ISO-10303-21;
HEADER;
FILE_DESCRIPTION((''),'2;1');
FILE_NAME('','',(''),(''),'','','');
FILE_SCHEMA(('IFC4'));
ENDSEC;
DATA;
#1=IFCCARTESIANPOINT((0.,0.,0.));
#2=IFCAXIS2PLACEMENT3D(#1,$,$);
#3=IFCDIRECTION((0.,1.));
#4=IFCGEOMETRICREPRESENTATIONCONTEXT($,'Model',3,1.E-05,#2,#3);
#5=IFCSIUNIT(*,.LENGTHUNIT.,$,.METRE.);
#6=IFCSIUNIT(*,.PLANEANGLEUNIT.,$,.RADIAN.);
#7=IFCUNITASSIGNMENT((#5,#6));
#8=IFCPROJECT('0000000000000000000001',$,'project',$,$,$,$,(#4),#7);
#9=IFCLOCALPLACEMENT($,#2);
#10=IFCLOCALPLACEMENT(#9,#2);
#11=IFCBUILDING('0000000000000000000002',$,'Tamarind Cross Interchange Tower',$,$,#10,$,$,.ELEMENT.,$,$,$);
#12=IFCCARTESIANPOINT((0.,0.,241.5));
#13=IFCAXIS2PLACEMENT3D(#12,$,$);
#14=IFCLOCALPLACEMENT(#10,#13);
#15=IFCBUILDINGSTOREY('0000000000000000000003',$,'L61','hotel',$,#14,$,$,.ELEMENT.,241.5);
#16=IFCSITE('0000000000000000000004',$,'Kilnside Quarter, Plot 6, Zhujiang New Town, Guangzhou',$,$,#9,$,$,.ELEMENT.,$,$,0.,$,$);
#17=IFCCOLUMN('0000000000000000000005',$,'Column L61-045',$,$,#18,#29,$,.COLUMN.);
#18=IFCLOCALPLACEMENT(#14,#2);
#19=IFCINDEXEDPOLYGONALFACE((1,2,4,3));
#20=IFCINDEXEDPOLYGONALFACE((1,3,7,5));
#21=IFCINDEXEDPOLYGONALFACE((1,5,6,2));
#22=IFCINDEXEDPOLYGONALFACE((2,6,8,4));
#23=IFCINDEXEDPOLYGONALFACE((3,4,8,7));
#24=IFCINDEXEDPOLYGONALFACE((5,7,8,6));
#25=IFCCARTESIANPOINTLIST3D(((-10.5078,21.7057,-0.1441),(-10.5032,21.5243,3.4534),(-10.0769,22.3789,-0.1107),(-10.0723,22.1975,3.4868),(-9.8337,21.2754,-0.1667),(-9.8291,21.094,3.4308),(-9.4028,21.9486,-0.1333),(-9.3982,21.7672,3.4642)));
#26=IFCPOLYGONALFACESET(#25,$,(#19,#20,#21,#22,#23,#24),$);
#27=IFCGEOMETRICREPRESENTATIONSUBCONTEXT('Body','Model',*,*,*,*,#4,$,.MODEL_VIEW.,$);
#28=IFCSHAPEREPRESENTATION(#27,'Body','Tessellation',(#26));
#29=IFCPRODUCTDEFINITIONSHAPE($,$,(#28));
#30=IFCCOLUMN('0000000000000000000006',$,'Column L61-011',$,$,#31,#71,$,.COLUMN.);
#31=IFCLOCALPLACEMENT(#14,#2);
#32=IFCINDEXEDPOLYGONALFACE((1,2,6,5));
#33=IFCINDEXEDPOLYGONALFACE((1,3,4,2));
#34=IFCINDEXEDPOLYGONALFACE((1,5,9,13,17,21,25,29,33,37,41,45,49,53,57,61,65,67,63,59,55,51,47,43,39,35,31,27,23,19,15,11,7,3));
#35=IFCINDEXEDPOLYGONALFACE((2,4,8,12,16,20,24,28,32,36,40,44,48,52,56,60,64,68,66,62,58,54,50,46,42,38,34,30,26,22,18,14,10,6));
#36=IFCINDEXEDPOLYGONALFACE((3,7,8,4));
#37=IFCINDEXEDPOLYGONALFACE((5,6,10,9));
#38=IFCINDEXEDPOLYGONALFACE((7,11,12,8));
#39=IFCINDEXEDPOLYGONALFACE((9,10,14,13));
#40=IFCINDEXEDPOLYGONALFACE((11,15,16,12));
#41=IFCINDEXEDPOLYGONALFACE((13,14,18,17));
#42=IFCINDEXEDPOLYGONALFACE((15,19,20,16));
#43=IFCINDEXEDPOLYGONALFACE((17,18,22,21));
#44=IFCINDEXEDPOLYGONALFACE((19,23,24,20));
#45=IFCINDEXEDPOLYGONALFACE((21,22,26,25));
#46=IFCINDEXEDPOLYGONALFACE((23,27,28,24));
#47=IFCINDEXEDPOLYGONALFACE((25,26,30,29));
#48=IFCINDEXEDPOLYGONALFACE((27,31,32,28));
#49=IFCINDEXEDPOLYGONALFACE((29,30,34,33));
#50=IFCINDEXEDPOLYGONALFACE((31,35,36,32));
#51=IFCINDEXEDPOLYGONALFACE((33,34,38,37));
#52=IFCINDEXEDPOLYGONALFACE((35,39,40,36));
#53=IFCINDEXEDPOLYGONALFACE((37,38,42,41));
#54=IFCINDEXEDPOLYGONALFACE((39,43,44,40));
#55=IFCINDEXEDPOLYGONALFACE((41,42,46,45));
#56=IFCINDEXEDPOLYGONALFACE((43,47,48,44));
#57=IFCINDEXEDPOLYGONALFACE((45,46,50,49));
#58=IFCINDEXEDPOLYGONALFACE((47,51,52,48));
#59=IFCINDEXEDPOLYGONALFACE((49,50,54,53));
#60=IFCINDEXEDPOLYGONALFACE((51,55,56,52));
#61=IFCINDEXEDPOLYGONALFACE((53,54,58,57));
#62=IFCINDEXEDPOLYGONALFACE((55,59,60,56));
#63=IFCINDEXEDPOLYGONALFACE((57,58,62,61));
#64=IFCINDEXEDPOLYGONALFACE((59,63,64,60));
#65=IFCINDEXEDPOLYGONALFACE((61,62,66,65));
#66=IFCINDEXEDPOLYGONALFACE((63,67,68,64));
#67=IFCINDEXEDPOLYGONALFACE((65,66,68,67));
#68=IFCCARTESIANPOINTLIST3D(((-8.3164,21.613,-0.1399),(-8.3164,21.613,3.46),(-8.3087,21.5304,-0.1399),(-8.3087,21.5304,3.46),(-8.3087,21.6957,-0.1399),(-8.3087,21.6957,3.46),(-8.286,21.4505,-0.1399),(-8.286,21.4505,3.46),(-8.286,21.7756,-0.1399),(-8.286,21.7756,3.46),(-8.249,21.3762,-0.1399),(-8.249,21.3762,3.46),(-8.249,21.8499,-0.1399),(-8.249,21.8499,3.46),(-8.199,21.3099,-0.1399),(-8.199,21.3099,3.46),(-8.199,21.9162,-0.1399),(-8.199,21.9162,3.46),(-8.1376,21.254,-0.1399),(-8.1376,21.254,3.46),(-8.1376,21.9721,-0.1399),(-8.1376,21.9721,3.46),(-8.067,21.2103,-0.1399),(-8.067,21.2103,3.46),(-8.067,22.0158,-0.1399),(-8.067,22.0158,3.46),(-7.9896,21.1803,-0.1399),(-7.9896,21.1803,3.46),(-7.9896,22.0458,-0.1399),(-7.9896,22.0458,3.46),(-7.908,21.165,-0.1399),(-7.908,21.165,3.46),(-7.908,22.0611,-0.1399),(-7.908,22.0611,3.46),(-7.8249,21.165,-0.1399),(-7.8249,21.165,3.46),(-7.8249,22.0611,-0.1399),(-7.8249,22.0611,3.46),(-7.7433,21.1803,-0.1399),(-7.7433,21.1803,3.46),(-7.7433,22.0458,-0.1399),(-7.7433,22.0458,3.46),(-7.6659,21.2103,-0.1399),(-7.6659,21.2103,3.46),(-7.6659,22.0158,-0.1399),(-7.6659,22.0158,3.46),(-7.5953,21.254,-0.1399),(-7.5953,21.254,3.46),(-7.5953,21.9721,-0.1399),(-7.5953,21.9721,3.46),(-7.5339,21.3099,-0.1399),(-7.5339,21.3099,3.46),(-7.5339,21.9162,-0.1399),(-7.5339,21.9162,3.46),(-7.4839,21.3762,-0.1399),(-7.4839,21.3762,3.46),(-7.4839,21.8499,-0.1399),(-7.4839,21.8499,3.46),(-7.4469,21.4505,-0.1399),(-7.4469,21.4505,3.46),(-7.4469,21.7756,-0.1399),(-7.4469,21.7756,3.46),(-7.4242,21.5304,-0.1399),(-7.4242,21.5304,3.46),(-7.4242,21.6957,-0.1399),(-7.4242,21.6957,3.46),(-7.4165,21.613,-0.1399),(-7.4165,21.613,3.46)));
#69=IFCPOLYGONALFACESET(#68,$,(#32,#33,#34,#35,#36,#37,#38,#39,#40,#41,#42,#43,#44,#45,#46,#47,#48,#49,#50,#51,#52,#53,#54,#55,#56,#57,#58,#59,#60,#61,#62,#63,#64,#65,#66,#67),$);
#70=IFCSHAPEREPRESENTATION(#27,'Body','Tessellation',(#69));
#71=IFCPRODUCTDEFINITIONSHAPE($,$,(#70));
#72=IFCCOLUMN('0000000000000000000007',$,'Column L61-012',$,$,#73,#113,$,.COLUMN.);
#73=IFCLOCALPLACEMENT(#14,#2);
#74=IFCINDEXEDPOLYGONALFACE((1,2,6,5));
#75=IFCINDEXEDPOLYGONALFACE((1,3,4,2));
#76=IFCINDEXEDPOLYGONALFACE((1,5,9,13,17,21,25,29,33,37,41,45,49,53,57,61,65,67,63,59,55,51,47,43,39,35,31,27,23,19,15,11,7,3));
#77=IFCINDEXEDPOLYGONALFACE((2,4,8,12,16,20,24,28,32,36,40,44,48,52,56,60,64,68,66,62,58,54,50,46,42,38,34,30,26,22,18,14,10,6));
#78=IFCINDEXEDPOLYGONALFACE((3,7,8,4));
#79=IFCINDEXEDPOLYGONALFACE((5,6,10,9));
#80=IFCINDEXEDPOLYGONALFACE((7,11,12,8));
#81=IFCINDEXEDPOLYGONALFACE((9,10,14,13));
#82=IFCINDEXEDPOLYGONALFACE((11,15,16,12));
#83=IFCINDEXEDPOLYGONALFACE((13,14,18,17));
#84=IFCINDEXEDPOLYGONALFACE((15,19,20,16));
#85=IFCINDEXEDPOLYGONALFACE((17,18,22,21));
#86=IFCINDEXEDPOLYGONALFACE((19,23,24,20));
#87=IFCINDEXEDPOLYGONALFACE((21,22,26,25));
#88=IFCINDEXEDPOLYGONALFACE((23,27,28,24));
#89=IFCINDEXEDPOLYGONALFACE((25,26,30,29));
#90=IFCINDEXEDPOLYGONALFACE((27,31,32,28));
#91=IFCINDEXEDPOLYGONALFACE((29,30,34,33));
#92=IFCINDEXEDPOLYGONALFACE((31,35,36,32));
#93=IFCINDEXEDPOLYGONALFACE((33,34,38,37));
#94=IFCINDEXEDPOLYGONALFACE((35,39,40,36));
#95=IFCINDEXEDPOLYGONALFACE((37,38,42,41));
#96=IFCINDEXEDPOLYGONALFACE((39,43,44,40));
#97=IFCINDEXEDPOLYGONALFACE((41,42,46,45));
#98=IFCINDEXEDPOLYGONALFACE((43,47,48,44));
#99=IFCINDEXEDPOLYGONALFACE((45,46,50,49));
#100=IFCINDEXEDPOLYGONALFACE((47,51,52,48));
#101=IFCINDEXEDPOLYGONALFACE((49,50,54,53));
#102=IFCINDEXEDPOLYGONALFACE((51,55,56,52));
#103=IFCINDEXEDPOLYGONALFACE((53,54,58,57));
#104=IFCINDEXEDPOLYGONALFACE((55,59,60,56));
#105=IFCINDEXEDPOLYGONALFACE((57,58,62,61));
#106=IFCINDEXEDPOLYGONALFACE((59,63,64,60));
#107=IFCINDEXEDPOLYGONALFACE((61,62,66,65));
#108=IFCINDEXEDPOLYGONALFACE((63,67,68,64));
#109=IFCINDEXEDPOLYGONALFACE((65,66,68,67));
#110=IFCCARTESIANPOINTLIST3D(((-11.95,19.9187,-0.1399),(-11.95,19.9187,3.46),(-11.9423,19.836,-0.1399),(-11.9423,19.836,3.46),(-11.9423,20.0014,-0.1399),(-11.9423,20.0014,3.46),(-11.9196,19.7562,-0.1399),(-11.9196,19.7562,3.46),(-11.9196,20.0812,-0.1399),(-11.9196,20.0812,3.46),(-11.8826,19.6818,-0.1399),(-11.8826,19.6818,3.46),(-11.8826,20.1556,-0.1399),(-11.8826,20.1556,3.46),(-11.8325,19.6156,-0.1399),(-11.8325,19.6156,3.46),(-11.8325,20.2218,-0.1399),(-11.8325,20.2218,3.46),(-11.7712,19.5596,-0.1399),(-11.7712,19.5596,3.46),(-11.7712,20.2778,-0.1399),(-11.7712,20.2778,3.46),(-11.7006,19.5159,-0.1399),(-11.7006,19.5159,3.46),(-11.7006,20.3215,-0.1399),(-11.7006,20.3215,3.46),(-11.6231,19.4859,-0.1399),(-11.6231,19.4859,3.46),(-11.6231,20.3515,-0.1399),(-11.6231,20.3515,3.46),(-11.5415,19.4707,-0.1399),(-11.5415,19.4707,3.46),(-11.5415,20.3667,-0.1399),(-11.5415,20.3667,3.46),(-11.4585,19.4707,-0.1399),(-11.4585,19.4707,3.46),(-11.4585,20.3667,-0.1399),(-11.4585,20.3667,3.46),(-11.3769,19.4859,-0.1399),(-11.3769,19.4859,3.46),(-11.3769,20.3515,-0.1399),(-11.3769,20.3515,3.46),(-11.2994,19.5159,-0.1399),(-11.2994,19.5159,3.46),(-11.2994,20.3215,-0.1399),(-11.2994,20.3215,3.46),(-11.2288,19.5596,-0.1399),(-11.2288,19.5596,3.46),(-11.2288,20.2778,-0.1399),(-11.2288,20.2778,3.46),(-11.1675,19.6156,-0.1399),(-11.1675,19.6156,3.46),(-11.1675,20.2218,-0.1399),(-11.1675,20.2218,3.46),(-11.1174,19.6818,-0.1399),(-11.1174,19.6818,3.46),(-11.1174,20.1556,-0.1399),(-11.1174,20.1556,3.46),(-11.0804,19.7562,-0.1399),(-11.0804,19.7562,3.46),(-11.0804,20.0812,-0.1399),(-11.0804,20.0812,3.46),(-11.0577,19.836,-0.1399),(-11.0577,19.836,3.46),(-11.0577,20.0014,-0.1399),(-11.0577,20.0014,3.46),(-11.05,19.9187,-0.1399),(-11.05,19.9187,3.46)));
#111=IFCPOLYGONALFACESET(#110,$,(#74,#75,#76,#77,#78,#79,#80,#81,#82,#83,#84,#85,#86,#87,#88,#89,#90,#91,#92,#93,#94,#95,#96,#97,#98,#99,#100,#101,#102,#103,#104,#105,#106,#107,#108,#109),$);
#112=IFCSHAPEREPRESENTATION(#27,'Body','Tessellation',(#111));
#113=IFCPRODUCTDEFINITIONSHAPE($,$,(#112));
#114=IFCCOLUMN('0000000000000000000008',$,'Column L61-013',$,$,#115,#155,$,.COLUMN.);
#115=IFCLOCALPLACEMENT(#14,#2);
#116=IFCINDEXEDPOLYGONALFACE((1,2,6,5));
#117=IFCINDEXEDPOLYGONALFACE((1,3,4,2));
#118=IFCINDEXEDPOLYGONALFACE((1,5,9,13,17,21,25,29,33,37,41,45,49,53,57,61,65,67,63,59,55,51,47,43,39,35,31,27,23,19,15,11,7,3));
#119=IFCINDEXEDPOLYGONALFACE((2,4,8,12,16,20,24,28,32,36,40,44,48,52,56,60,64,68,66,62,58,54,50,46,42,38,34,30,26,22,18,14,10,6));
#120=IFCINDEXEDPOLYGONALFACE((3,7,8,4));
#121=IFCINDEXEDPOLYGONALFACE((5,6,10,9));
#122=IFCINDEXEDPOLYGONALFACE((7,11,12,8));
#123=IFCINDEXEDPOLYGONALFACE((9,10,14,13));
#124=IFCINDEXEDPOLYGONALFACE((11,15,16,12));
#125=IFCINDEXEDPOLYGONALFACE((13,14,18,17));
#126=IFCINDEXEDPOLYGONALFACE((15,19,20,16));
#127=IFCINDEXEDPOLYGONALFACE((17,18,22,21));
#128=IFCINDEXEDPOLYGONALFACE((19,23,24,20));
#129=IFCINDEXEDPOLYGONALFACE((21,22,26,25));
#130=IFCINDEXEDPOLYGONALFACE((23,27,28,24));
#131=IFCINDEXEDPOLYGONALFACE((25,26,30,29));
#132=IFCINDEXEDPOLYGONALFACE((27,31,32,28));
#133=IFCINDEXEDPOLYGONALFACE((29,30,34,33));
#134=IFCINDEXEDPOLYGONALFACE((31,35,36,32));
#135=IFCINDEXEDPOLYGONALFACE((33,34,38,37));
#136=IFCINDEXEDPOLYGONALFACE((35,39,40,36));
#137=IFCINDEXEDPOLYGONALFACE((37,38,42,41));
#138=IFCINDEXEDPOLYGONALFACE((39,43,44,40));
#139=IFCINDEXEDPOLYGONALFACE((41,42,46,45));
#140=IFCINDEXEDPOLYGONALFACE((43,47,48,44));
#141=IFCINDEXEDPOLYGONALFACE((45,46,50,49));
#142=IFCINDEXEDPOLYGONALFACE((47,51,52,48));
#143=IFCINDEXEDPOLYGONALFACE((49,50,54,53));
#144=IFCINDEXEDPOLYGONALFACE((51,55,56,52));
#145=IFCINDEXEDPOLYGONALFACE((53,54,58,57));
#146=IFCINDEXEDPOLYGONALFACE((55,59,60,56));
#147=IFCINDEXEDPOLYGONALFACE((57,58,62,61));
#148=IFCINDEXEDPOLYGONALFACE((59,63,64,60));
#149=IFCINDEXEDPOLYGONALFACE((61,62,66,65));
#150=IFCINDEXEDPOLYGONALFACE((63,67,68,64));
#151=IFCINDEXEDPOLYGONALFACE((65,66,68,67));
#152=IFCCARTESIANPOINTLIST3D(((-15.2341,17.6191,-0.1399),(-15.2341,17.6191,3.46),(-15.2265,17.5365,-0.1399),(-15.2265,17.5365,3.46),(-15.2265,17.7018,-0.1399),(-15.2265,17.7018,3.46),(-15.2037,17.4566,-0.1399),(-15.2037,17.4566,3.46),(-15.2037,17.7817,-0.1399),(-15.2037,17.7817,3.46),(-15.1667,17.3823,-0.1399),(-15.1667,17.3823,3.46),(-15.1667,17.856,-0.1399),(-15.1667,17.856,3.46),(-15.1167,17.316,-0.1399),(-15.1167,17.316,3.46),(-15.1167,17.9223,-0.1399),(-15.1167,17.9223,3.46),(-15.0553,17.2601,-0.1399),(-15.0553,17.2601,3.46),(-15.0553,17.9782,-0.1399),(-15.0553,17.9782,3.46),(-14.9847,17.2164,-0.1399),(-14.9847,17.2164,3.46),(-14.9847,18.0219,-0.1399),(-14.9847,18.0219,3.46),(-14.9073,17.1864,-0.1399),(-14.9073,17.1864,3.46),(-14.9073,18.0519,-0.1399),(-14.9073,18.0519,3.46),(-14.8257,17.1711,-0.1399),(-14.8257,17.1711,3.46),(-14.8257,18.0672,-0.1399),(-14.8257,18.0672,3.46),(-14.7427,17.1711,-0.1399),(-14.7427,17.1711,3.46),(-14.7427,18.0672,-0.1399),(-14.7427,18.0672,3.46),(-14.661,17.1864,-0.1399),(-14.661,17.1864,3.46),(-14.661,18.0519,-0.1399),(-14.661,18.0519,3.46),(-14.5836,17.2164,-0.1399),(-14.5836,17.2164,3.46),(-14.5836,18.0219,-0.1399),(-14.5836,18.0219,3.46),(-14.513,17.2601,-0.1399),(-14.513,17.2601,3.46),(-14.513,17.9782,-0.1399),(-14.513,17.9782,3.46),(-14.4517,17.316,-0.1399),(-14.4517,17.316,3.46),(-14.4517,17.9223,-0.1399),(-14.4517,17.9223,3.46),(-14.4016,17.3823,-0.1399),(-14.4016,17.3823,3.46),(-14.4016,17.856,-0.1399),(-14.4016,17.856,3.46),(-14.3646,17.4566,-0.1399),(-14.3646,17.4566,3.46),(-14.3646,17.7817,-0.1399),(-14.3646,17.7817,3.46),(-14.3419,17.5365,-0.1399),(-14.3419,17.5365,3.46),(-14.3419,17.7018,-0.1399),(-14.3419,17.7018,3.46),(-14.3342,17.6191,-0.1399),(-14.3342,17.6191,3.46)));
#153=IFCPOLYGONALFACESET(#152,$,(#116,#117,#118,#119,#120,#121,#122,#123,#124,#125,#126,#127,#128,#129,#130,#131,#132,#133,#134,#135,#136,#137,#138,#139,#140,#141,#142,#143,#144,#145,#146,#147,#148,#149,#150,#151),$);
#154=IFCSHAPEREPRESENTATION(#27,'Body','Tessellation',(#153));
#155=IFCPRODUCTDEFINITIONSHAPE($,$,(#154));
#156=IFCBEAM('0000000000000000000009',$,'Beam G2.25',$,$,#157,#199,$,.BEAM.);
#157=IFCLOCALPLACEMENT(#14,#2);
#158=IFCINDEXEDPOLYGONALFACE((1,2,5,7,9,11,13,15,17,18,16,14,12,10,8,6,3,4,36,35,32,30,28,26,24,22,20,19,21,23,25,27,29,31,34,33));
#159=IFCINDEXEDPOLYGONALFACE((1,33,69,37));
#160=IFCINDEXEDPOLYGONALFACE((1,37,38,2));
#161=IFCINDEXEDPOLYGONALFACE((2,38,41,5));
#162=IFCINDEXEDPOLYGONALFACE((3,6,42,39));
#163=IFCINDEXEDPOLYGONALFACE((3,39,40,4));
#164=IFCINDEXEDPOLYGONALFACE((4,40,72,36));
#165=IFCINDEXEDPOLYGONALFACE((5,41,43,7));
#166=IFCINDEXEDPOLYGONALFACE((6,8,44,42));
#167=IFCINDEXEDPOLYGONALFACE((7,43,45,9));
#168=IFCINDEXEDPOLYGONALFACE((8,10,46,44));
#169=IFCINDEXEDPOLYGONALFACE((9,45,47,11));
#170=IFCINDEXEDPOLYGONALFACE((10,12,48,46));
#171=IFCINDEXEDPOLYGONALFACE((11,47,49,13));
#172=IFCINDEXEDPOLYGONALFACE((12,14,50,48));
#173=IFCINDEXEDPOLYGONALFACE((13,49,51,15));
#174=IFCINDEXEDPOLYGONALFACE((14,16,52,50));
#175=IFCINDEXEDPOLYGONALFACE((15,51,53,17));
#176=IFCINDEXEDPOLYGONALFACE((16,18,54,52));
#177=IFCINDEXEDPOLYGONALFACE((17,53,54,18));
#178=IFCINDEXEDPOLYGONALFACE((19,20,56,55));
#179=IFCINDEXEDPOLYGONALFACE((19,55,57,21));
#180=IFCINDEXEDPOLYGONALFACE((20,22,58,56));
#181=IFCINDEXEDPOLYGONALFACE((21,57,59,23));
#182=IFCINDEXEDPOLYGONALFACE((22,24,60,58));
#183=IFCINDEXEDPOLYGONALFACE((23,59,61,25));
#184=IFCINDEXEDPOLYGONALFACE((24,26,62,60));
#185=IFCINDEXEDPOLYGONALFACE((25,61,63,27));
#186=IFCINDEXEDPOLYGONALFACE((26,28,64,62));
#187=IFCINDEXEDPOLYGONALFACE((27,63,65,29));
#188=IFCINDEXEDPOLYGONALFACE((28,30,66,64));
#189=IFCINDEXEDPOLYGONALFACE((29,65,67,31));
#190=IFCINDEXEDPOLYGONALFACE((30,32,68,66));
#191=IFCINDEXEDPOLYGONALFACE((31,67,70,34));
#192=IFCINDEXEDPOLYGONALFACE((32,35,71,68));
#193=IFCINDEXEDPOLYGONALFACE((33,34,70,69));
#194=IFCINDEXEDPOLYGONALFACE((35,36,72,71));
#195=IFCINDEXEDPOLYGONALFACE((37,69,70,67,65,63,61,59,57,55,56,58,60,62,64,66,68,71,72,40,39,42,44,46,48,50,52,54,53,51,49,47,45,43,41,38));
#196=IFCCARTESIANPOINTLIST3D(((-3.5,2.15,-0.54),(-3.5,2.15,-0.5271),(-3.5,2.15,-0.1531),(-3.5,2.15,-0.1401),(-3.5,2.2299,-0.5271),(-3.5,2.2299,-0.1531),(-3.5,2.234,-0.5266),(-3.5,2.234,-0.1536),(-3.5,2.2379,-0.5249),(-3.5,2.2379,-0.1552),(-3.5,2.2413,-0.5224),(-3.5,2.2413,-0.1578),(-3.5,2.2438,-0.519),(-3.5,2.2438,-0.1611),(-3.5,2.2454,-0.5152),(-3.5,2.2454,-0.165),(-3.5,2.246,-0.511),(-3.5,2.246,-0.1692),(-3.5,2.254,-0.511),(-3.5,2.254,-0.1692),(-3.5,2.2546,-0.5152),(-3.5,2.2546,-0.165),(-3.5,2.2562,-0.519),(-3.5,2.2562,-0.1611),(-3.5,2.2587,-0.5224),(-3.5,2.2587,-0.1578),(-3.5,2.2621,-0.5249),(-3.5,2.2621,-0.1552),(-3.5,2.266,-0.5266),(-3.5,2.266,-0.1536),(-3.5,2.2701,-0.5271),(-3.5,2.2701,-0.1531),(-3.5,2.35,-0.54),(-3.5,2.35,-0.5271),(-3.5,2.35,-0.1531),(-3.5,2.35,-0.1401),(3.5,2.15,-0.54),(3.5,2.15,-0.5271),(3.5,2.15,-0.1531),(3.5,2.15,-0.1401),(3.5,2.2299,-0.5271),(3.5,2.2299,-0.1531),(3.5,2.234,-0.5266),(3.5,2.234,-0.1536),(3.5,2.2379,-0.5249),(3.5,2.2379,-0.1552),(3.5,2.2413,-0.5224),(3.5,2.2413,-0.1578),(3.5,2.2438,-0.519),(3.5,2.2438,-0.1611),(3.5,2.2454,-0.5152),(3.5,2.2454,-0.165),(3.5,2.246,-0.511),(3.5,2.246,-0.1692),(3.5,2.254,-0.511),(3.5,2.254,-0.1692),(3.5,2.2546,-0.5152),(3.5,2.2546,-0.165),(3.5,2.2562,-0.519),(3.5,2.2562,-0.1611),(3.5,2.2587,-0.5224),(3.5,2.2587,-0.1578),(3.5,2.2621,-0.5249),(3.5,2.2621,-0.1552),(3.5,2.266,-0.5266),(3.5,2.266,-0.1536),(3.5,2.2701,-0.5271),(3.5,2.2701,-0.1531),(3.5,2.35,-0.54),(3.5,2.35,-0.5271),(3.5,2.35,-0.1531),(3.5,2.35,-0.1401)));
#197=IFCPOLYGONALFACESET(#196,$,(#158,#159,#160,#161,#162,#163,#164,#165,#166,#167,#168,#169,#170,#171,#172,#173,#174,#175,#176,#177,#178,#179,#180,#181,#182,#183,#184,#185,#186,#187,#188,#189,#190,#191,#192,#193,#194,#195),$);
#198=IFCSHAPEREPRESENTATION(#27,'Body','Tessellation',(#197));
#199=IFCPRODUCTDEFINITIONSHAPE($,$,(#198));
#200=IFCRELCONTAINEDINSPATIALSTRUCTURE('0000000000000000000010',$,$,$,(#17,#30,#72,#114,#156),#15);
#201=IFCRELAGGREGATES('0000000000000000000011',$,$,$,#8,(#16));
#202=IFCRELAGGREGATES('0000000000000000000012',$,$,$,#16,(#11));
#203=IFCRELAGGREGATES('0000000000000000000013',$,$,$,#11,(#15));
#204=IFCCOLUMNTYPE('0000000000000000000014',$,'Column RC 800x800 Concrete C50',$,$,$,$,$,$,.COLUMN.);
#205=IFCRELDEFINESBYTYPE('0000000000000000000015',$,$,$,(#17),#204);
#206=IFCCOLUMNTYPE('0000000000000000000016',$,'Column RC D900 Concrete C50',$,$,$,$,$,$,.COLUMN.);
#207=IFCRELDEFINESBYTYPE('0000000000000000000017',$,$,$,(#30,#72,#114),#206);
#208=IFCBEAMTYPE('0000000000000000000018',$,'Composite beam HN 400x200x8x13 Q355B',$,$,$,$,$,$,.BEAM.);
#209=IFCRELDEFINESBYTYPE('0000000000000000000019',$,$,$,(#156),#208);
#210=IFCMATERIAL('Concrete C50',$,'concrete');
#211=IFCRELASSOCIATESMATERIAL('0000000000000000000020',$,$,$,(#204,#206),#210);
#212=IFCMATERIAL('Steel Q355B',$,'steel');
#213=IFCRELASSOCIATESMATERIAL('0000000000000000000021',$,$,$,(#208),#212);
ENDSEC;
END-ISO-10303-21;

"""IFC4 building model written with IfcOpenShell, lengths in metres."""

from ifc_helpers import new_model, si_unit, direction, frame, origin, origin_2d, place, context, subcontext, project, spatial, rectangle, circle, i_section, extrude, material, material_profile, profile_set, type_object, element, save


model = new_model("IFC4")

# Units and contexts
model_context = context("Model", 3, precision=1e-05, world=origin(), true_north=direction((0.0, 1.0)))
body_context = subcontext(model_context, "Body", "Model", "MODEL_VIEW")
ifc_project = project(units=[si_unit("LENGTHUNIT", "METRE"), si_unit("PLANEANGLEUNIT", "RADIAN")], contexts=[model_context])

# Site, building, storey
site_placement = place(None, origin())
site = spatial("IfcSite", under=ifc_project, at=site_placement, Name="Kilnside Quarter, Plot 6, Zhujiang New Town, Guangzhou", CompositionType="ELEMENT", RefElevation=0.0)
building_placement = place(site_placement, origin())
building = spatial("IfcBuilding", under=site, at=building_placement, Name="Tamarind Cross Interchange Tower", CompositionType="ELEMENT")
storey_placement = place(building_placement, frame((0.0, 0.0, 241.5)))
storey = spatial("IfcBuildingStorey", under=building, at=storey_placement, Name="L61", Description="hotel", CompositionType="ELEMENT", Elevation=241.5)

# Columns
ifc_material_1 = material(Name="Concrete C50", Category="concrete")
ifc_material_profile_1 = material_profile(ifc_material_1, rectangle(XDim=0.8, YDim=0.8, at=origin_2d()), Name="RC 800x800")
ifc_profile_set_1 = profile_set([ifc_material_profile_1], Name="Concrete C50")
column_type_1 = type_object("IfcColumnType", Name="Column RC 800x800 Concrete C50", PredefinedType="COLUMN", material=ifc_profile_set_1)
column_placement = place(storey_placement, frame((-9.9553, 21.8271, -0.1387), z_axis=(0.001288, -0.05036, 0.99873), x_axis=(0.538622, 0.841513, 0.041738)))
element("IfcColumn", 1, at=column_placement, inside=storey, type_object=column_type_1, Name="Column L61-045", PredefinedType="COLUMN", context=body_context, shape_type="SweptSolid", body=[
    extrude(rectangle(XDim=0.8, YDim=0.8, at=origin_2d()), origin(), (0.0, 0.0, 1.0), 3.6021),
])
ifc_material_profile_2 = material_profile(ifc_material_1, circle(Radius=0.45, at=origin_2d()), Name="RC D900")
ifc_profile_set_2 = profile_set([ifc_material_profile_2], Name="Concrete C50")
column_type_2 = type_object("IfcColumnType", Name="Column RC D900 Concrete C50", PredefinedType="COLUMN", material=ifc_profile_set_2)
for number, where, z_axis, x_axis, name in (
    (2, (-7.8665, 21.613, -0.1399), (0.0, 0.0, 1.0), (1.0, 0.0, 0.0), "Column L61-011"),
    (3, (-11.5, 19.9187, -0.1399), (0.0, 0.0, 1.0), (1.0, 0.0, 0.0), "Column L61-012"),
    (4, (-14.7842, 17.6191, -0.1399), (0.0, 0.0, 1.0), (1.0, 0.0, 0.0), "Column L61-013"),
):
    element("IfcColumn", number, at=place(storey_placement, frame(where, z_axis=z_axis, x_axis=x_axis)), inside=storey, type_object=column_type_2, Name=name, PredefinedType="COLUMN", context=body_context, shape_type="SweptSolid", body=[
        extrude(circle(Radius=0.45, at=origin_2d()), origin(), (0.0, 0.0, 1.0), 3.5999),
    ])

# Beam
ifc_material_2 = material(Name="Steel Q355B", Category="steel")
ifc_material_profile_3 = material_profile(ifc_material_2, i_section(OverallWidth=0.2, OverallDepth=0.3999, WebThickness=0.0081, FlangeThickness=0.0129, FilletRadius=0.0161, at=origin_2d()), Name="HN 400x200x8x13")
ifc_profile_set_3 = profile_set([ifc_material_profile_3], Name="Steel Q355B")
beam_type_1 = type_object("IfcBeamType", Name="Composite beam HN 400x200x8x13 Q355B", PredefinedType="BEAM", material=ifc_profile_set_3)
for number, where, z_axis, x_axis, name in (
    (5, (-3.5, 2.25, -0.3401), (1.0, 0.0, 0.0), (0.0, 1.0, 0.0), "Beam G2.25"),
):
    element("IfcBeam", number, at=place(storey_placement, frame(where, z_axis=z_axis, x_axis=x_axis)), inside=storey, type_object=beam_type_1, Name=name, PredefinedType="BEAM", context=body_context, shape_type="SweptSolid", body=[
        extrude(i_section(OverallWidth=0.2, OverallDepth=0.3999, WebThickness=0.0081, FlangeThickness=0.0129, FilletRadius=0.0161, at=origin_2d()), origin(), (0.0, 0.0, 1.0), 7.0),
    ])

save(model, "model.ifc")
